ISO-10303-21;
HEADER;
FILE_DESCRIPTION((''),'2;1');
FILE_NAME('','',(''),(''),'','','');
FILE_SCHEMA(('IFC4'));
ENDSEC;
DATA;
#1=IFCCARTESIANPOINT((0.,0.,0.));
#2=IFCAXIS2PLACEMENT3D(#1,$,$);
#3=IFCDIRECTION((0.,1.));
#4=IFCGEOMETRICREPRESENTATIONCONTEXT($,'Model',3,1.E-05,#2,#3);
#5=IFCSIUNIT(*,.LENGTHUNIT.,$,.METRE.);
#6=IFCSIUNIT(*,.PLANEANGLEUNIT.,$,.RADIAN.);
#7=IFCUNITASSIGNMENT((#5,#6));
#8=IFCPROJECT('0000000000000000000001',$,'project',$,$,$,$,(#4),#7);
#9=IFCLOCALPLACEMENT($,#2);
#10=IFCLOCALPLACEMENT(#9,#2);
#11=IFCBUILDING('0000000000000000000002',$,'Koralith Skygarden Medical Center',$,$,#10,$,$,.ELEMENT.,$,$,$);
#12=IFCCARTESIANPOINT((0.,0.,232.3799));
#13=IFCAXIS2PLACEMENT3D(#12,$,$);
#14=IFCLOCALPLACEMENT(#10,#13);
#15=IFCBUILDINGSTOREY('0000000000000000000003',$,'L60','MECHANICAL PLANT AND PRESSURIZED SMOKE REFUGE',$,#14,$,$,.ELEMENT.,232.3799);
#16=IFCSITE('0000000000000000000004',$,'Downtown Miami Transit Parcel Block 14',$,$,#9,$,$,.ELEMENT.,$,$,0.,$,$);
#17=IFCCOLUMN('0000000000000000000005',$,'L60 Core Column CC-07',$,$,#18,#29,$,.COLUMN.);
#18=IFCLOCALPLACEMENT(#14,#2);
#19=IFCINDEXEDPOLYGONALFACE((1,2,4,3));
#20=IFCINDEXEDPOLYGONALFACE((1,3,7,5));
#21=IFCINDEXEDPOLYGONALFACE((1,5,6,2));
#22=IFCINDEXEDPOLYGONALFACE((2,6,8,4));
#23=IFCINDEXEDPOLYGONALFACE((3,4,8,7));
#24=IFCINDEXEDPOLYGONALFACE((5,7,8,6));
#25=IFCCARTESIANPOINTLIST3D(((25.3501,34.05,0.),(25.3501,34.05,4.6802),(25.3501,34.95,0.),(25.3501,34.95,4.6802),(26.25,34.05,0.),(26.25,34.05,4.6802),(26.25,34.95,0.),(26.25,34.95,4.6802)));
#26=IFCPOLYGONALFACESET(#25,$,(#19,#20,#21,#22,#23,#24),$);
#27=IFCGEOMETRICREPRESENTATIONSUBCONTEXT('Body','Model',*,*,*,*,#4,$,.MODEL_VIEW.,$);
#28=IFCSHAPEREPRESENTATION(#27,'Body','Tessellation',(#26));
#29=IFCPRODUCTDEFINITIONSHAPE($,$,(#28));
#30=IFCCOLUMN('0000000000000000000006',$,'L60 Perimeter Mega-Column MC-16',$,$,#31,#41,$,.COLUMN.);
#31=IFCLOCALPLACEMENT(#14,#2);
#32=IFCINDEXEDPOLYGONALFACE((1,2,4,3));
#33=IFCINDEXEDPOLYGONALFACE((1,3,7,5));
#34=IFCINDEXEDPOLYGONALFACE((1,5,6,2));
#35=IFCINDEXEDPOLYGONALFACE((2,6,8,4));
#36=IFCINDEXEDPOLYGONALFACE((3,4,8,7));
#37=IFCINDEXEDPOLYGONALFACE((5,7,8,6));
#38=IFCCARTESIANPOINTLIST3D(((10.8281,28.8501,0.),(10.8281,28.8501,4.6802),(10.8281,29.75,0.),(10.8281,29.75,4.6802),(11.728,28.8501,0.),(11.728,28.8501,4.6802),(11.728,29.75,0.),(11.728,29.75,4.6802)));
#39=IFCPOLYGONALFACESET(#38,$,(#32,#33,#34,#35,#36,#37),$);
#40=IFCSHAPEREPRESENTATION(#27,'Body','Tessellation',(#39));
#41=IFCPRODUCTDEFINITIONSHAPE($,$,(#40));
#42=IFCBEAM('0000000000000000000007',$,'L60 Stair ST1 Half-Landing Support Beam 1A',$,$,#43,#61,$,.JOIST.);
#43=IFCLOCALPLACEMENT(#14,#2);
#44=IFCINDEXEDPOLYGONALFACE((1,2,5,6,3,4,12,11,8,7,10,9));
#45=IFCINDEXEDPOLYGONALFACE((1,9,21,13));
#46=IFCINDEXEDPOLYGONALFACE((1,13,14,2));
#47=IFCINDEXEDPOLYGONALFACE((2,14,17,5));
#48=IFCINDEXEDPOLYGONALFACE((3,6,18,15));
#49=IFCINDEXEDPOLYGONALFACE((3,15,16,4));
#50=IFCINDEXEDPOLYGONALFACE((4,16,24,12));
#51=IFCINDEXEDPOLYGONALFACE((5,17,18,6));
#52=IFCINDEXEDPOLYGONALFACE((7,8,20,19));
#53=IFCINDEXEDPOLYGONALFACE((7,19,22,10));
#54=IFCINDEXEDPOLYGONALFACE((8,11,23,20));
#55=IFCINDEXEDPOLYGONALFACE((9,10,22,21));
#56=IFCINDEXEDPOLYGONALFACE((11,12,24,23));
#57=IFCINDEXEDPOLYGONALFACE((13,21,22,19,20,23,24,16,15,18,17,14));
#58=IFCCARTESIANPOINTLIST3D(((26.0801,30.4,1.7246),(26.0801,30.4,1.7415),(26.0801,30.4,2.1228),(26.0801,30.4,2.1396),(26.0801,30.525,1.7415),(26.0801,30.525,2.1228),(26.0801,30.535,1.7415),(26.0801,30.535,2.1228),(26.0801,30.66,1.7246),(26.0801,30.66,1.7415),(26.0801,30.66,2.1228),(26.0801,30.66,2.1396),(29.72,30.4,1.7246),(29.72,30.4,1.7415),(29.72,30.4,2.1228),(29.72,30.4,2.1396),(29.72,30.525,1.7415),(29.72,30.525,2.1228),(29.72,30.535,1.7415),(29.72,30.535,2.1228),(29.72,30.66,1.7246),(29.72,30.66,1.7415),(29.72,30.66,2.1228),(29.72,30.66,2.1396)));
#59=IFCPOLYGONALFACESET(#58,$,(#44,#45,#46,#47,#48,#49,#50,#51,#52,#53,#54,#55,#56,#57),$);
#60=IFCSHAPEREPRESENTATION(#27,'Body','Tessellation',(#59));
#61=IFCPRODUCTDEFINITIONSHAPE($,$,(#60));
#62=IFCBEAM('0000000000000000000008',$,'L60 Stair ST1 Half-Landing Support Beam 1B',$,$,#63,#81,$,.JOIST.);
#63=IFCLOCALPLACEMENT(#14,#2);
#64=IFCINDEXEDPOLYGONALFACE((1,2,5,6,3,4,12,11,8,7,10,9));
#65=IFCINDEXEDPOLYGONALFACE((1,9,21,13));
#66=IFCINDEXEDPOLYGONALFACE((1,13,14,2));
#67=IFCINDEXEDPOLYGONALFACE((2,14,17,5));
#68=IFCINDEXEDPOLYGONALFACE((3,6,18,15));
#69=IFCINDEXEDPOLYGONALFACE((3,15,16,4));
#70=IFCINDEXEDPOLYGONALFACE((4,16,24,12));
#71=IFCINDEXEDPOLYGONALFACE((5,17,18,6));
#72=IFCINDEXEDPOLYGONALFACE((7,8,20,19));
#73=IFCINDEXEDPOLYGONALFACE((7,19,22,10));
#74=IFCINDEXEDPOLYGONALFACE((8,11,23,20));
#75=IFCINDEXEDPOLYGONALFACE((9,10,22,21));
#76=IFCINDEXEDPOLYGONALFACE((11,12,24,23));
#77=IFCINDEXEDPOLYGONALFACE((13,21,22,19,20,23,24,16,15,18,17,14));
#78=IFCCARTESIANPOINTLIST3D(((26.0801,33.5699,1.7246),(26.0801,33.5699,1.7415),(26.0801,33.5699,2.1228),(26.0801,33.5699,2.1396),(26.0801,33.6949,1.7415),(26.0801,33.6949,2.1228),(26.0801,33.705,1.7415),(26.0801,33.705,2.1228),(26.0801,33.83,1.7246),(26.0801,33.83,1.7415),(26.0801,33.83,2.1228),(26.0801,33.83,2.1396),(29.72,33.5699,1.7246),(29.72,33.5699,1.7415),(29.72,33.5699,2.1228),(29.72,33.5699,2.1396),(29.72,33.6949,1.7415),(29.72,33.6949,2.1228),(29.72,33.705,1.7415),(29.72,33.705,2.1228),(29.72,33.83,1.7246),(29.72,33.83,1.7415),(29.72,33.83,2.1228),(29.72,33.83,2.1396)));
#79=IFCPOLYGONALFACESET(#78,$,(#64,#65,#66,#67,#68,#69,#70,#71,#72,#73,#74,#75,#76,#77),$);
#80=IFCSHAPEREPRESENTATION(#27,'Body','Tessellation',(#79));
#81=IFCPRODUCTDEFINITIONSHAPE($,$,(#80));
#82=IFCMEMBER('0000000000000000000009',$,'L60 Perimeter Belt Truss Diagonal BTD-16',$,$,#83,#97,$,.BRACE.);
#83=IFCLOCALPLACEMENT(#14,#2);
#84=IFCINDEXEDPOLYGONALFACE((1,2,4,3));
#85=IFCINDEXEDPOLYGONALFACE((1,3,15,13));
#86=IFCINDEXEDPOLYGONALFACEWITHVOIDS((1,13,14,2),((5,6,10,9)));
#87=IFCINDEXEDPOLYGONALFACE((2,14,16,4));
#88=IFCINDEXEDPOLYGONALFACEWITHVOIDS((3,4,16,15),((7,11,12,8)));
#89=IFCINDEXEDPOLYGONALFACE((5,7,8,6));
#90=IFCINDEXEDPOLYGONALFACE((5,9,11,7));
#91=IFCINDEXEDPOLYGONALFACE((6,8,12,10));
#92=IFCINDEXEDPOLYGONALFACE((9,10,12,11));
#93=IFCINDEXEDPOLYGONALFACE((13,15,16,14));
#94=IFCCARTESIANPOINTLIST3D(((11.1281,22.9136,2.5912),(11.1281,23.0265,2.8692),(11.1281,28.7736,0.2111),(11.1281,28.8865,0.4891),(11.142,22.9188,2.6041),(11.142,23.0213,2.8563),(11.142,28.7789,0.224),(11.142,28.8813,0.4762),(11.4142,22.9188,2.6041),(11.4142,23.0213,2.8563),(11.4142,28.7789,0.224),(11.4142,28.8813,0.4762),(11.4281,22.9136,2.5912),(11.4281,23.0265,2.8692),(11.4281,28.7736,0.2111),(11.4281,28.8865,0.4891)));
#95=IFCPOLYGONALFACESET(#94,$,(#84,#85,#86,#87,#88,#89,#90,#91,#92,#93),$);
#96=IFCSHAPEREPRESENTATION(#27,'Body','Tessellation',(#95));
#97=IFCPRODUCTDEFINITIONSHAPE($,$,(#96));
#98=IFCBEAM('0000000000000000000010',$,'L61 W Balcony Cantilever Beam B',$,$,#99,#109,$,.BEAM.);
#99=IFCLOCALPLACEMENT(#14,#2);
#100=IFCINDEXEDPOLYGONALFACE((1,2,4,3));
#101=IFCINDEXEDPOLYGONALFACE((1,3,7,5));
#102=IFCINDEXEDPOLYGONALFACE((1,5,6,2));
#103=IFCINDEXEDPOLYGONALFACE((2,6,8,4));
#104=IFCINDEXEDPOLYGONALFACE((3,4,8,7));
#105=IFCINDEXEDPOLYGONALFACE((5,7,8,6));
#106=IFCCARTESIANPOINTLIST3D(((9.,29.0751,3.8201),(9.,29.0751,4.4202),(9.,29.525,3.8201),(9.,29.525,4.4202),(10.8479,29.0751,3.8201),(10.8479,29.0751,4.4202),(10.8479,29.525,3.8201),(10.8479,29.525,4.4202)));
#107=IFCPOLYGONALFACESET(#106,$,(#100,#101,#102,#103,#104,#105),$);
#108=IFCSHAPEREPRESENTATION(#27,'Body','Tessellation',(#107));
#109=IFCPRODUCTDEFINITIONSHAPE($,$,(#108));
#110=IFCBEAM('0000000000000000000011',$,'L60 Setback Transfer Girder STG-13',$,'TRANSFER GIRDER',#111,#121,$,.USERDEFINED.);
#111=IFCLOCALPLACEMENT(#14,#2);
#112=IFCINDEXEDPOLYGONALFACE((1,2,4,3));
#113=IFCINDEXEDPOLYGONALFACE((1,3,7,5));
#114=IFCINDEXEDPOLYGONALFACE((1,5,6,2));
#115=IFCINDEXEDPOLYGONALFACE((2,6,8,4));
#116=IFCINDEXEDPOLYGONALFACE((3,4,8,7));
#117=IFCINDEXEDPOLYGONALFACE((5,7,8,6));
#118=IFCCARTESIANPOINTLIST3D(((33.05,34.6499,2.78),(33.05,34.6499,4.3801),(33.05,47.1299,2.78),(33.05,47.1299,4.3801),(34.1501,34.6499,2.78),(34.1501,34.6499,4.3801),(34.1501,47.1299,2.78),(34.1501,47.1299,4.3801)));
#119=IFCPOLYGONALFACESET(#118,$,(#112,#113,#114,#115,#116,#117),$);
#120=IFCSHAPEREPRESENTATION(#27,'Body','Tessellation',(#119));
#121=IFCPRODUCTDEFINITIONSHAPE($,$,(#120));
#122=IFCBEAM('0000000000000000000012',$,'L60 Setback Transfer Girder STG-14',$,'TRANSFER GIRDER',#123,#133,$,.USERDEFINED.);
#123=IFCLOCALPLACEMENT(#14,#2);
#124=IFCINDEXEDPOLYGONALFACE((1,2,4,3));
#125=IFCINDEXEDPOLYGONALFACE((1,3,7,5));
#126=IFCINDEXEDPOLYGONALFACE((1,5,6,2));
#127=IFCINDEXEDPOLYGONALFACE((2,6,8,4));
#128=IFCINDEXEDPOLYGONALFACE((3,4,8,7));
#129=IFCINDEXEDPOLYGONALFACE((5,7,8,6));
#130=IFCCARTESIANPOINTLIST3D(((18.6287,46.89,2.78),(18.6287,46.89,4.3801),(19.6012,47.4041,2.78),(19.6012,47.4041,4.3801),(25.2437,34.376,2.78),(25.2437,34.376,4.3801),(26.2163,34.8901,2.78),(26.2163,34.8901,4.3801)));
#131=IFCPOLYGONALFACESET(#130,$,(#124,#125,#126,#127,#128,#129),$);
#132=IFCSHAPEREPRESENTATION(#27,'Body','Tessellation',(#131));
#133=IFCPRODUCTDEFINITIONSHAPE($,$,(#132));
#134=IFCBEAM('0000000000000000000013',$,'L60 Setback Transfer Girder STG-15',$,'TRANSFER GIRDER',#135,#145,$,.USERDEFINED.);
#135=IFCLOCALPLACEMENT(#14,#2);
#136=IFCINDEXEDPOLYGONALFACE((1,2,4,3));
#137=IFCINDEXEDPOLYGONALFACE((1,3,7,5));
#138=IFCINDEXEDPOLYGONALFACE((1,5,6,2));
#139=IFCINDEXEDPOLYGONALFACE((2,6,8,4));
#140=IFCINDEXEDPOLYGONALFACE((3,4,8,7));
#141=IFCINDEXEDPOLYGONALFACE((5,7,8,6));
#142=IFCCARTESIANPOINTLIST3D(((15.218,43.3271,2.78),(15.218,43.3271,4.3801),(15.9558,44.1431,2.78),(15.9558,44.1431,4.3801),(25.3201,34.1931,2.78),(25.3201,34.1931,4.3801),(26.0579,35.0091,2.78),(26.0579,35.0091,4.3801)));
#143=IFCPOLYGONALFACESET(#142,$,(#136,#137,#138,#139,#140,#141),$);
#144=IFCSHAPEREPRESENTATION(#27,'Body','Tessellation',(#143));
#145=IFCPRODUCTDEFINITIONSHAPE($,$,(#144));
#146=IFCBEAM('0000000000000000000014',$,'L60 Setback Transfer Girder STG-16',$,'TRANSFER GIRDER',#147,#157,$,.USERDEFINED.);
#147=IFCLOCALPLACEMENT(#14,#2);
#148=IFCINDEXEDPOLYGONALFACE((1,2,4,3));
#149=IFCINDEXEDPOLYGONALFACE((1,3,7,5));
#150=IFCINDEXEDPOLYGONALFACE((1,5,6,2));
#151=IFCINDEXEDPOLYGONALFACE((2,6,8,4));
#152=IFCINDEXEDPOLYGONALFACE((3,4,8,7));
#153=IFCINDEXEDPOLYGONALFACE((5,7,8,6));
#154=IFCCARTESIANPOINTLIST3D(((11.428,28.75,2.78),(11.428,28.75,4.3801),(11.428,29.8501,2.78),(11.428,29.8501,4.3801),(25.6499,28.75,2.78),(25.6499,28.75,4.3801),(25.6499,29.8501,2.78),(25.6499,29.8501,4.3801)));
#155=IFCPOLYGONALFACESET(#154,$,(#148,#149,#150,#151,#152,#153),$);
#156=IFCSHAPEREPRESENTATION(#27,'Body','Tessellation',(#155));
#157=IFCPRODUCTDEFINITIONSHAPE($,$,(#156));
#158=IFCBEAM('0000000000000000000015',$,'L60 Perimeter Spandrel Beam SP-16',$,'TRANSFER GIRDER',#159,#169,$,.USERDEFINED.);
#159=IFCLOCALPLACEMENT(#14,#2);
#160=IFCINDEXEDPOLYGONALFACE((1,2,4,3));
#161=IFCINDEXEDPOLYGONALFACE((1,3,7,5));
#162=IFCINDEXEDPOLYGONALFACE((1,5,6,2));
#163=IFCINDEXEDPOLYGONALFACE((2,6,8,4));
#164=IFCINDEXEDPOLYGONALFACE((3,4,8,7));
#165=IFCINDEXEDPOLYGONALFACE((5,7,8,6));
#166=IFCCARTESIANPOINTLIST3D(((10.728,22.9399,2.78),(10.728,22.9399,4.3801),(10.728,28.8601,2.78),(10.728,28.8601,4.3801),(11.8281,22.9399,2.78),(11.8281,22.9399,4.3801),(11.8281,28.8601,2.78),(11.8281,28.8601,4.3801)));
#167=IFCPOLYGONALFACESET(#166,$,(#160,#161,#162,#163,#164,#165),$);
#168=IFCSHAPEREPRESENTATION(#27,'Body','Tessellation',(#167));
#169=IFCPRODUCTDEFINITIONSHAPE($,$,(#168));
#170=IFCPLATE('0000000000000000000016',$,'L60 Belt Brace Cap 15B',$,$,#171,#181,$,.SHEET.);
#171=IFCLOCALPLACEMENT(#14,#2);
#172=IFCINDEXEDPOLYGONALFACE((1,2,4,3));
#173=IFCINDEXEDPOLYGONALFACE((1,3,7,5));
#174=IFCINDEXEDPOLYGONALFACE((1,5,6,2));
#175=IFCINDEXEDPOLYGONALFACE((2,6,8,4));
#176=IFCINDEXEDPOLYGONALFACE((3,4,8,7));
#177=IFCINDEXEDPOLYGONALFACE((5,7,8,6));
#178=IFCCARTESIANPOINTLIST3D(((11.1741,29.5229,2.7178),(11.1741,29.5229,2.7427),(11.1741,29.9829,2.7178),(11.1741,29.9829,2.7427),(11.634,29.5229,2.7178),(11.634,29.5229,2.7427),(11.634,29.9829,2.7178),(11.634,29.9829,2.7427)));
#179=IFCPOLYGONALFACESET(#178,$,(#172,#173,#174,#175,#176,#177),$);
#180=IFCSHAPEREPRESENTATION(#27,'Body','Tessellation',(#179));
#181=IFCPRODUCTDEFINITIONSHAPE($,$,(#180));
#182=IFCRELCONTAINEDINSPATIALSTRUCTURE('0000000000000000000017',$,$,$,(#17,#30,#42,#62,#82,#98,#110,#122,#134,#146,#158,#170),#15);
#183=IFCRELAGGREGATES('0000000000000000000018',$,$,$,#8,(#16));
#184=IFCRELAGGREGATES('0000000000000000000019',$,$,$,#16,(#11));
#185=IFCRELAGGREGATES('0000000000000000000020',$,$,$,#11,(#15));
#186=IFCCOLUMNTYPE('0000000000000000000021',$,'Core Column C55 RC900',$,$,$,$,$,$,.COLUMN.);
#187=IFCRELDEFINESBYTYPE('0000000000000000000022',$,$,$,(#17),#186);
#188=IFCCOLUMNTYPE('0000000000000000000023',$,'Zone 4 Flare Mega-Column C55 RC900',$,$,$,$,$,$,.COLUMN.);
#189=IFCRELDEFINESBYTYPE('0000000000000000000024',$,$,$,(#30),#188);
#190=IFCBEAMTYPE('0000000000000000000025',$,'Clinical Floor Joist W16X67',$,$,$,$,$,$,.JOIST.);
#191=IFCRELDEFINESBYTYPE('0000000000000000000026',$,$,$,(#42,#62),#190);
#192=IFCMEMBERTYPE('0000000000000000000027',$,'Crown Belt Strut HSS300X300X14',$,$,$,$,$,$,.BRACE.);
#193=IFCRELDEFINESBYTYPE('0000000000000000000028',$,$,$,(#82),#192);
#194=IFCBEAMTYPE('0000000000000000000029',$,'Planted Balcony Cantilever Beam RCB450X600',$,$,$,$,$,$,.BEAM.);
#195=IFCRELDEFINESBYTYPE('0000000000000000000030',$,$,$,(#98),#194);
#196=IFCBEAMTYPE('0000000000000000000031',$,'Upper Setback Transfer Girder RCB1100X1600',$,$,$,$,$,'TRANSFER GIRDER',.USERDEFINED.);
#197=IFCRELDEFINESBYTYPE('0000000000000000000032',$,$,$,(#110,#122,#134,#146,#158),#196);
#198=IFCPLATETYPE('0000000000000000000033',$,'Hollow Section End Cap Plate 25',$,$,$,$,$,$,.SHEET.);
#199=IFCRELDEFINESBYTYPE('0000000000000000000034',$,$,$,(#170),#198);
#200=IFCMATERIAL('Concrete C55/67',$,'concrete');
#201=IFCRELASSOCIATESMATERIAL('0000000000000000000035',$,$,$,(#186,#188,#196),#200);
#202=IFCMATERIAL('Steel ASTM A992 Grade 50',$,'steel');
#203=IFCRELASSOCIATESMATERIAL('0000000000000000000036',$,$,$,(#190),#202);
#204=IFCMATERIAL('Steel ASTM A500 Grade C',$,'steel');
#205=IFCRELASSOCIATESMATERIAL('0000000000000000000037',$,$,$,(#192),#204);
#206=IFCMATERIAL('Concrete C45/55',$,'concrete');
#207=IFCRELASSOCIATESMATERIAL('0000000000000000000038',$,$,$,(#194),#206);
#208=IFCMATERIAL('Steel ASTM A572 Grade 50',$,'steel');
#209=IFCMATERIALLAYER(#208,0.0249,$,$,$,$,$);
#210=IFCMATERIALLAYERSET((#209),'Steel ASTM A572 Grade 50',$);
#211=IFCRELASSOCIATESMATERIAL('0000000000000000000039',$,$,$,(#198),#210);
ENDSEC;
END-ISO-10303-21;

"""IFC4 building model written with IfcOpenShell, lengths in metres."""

from ifc_helpers import new_model, si_unit, direction, frame, origin, origin_2d, place, context, subcontext, project, spatial, rectangle, hollow_rectangle, i_section, extrude, material, layer, layer_set, material_profile, profile_set, type_object, element, save


model = new_model("IFC4")

# Units and contexts
model_context = context("Model", 3, precision=1e-05, world=origin(), true_north=direction((0.0, 1.0)))
body_context = subcontext(model_context, "Body", "Model", "MODEL_VIEW")
ifc_project = project(units=[si_unit("LENGTHUNIT", "METRE"), si_unit("PLANEANGLEUNIT", "RADIAN")], contexts=[model_context])

# Site, building, storey
site_placement = place(None, origin())
site = spatial("IfcSite", under=ifc_project, at=site_placement, Name="Downtown Miami Transit Parcel Block 14", CompositionType="ELEMENT", RefElevation=0.0)
building_placement = place(site_placement, origin())
building = spatial("IfcBuilding", under=site, at=building_placement, Name="Koralith Skygarden Medical Center", CompositionType="ELEMENT")
storey_placement = place(building_placement, frame((0.0, 0.0, 232.3799)))
storey = spatial("IfcBuildingStorey", under=building, at=storey_placement, Name="L60", Description="MECHANICAL PLANT AND PRESSURIZED SMOKE REFUGE", CompositionType="ELEMENT", Elevation=232.3799)

# Columns
ifc_material_1 = material(Name="Concrete C55/67", Category="concrete")
ifc_material_profile_1 = material_profile(ifc_material_1, rectangle(XDim=0.8999, YDim=0.8999, at=origin_2d()), Name="RC900X900")
ifc_profile_set_1 = profile_set([ifc_material_profile_1], Name="Concrete C55/67")
column_type_1 = type_object("IfcColumnType", Name="Core Column C55 RC900", PredefinedType="COLUMN", material=ifc_profile_set_1)
column_1_placement = place(storey_placement, frame((25.8, 34.5, 0.0), z_axis=(0.0, 0.0, 1.0), x_axis=(1.0, 0.0, 0.0)))
element("IfcColumn", 1, at=column_1_placement, inside=storey, type_object=column_type_1, Name="L60 Core Column CC-07", PredefinedType="COLUMN", context=body_context, shape_type="SweptSolid", body=[
    extrude(rectangle(XDim=0.8999, YDim=0.8999, at=origin_2d()), origin(), (0.0, 0.0, 1.0), 4.6802),
])
ifc_material_profile_2 = material_profile(ifc_material_1, rectangle(XDim=0.8999, YDim=0.8999, at=origin_2d()), Name="RC900X900")
ifc_profile_set_2 = profile_set([ifc_material_profile_2], Name="Concrete C55/67")
column_type_2 = type_object("IfcColumnType", Name="Zone 4 Flare Mega-Column C55 RC900", PredefinedType="COLUMN", material=ifc_profile_set_2)
column_2_placement = place(storey_placement, frame((11.2781, 29.3, 0.0), z_axis=(0.0, 0.0, 1.0), x_axis=(1.0, 0.0, 0.0)))
element("IfcColumn", 2, at=column_2_placement, inside=storey, type_object=column_type_2, Name="L60 Perimeter Mega-Column MC-16", PredefinedType="COLUMN", context=body_context, shape_type="SweptSolid", body=[
    extrude(rectangle(XDim=0.8999, YDim=0.8999, at=origin_2d()), origin(), (0.0, 0.0, 1.0), 4.6802),
])

# Beams
ifc_material_2 = material(Name="Steel ASTM A992 Grade 50", Category="steel")
ifc_material_profile_3 = material_profile(ifc_material_2, i_section(OverallWidth=0.26, OverallDepth=0.415, WebThickness=0.01, FlangeThickness=0.0168, at=origin_2d()), Name="W16X67")
ifc_profile_set_3 = profile_set([ifc_material_profile_3], Name="Steel ASTM A992 Grade 50")
beam_type_1 = type_object("IfcBeamType", Name="Clinical Floor Joist W16X67", PredefinedType="JOIST", material=ifc_profile_set_3)
for number, where, z_axis, x_axis, name in (
    (3, (26.0801, 30.53, 1.9321), (1.0, 0.0, 0.0), (0.0, 1.0, 0.0), "L60 Stair ST1 Half-Landing Support Beam 1A"),
    (4, (26.0801, 33.7, 1.9321), (1.0, 0.0, 0.0), (0.0, 1.0, 0.0), "L60 Stair ST1 Half-Landing Support Beam 1B"),
):
    element("IfcBeam", number, at=place(storey_placement, frame(where, z_axis=z_axis, x_axis=x_axis)), inside=storey, type_object=beam_type_1, Name=name, PredefinedType="JOIST", context=body_context, shape_type="SweptSolid", body=[
        extrude(i_section(OverallWidth=0.26, OverallDepth=0.415, WebThickness=0.01, FlangeThickness=0.0168, at=origin_2d()), origin(), (0.0, 0.0, 1.0), 3.6399),
    ])

# Member
ifc_material_3 = material(Name="Steel ASTM A500 Grade C", Category="steel")
ifc_material_profile_4 = material_profile(ifc_material_3, hollow_rectangle(XDim=0.3, YDim=0.3, WallThickness=0.0139, at=origin_2d()), Name="HSS300X300X14")
ifc_profile_set_4 = profile_set([ifc_material_profile_4], Name="Steel ASTM A500 Grade C")
member_type = type_object("IfcMemberType", Name="Crown Belt Strut HSS300X300X14", PredefinedType="BRACE", material=ifc_profile_set_4)
member_placement = place(storey_placement, frame((11.2781, 28.8301, 0.3501), z_axis=(0.0, -0.926496, 0.376304), x_axis=(1.0, 0.0, 0.0)))
element("IfcMember", 5, at=member_placement, inside=storey, type_object=member_type, Name="L60 Perimeter Belt Truss Diagonal BTD-16", PredefinedType="BRACE", context=body_context, shape_type="SweptSolid", body=[
    extrude(hollow_rectangle(XDim=0.3, YDim=0.3, WallThickness=0.0139, at=origin_2d()), origin(), (0.0, 0.0, 1.0), 6.325),
])

# Beams
ifc_material_4 = material(Name="Concrete C45/55", Category="concrete")
ifc_material_profile_5 = material_profile(ifc_material_4, rectangle(XDim=0.45, YDim=0.6001, at=origin_2d()), Name="RCB450X600")
ifc_profile_set_5 = profile_set([ifc_material_profile_5], Name="Concrete C45/55")
beam_type_2 = type_object("IfcBeamType", Name="Planted Balcony Cantilever Beam RCB450X600", PredefinedType="BEAM", material=ifc_profile_set_5)
beam_1_placement = place(storey_placement, frame((10.8479, 29.3, 4.1201), z_axis=(-1.0, 0.0, 0.0), x_axis=(0.0, -1.0, 0.0)))
element("IfcBeam", 6, at=beam_1_placement, inside=storey, type_object=beam_type_2, Name="L61 W Balcony Cantilever Beam B", PredefinedType="BEAM", context=body_context, shape_type="SweptSolid", body=[
    extrude(rectangle(XDim=0.45, YDim=0.6001, at=origin_2d()), origin(), (0.0, 0.0, 1.0), 1.8479),
])
ifc_material_profile_6 = material_profile(ifc_material_1, rectangle(XDim=1.1001, YDim=1.6001, at=origin_2d()), Name="RCB1100X1600")
ifc_profile_set_6 = profile_set([ifc_material_profile_6], Name="Concrete C55/67")
beam_type_3 = type_object("IfcBeamType", Name="Upper Setback Transfer Girder RCB1100X1600", ElementType="TRANSFER GIRDER", PredefinedType="USERDEFINED", material=ifc_profile_set_6)
beam_2_placement = place(storey_placement, frame((33.6001, 34.6499, 3.5801), z_axis=(0.0, 1.0, 0.0), x_axis=(-1.0, 0.0, 0.0)))
element("IfcBeam", 7, at=beam_2_placement, inside=storey, type_object=beam_type_3, Name="L60 Setback Transfer Girder STG-13", ObjectType="TRANSFER GIRDER", PredefinedType="USERDEFINED", context=body_context, shape_type="SweptSolid", body=[
    extrude(rectangle(XDim=1.1001, YDim=1.6001, at=origin_2d()), origin(), (0.0, 0.0, 1.0), 12.48),
])
beam_3_placement = place(storey_placement, frame((25.73, 34.6331, 3.5801), z_axis=(-0.467334, 0.884081, 0.0), x_axis=(-0.884081, -0.467334, 0.0)))
element("IfcBeam", 8, at=beam_3_placement, inside=storey, type_object=beam_type_3, Name="L60 Setback Transfer Girder STG-14", ObjectType="TRANSFER GIRDER", PredefinedType="USERDEFINED", context=body_context, shape_type="SweptSolid", body=[
    extrude(rectangle(XDim=1.1001, YDim=1.6001, at=origin_2d()), origin(), (0.0, 0.0, 1.0), 14.1548),
])
beam_4_placement = place(storey_placement, frame((25.689, 34.6011, 3.5801), z_axis=(-0.741752, 0.670674, 0.0), x_axis=(-0.670674, -0.741752, 0.0)))
element("IfcBeam", 9, at=beam_4_placement, inside=storey, type_object=beam_type_3, Name="L60 Setback Transfer Girder STG-15", ObjectType="TRANSFER GIRDER", PredefinedType="USERDEFINED", context=body_context, shape_type="SweptSolid", body=[
    extrude(rectangle(XDim=1.1001, YDim=1.6001, at=origin_2d()), origin(), (0.0, 0.0, 1.0), 13.6191),
])
beam_5_placement = place(storey_placement, frame((25.6499, 29.3, 3.5801), z_axis=(-1.0, 0.0, 0.0), x_axis=(0.0, -1.0, 0.0)))
element("IfcBeam", 10, at=beam_5_placement, inside=storey, type_object=beam_type_3, Name="L60 Setback Transfer Girder STG-16", ObjectType="TRANSFER GIRDER", PredefinedType="USERDEFINED", context=body_context, shape_type="SweptSolid", body=[
    extrude(rectangle(XDim=1.1001, YDim=1.6001, at=origin_2d()), origin(), (0.0, 0.0, 1.0), 14.2219),
])
beam_6_placement = place(storey_placement, frame((11.2781, 28.8601, 3.5801), z_axis=(0.0, -1.0, 0.0), x_axis=(1.0, 0.0, 0.0)))
element("IfcBeam", 11, at=beam_6_placement, inside=storey, type_object=beam_type_3, Name="L60 Perimeter Spandrel Beam SP-16", ObjectType="TRANSFER GIRDER", PredefinedType="USERDEFINED", context=body_context, shape_type="SweptSolid", body=[
    extrude(rectangle(XDim=1.1001, YDim=1.6001, at=origin_2d()), origin(), (0.0, 0.0, 1.0), 5.9202),
])

# Plate
ifc_material_5 = material(Name="Steel ASTM A572 Grade 50", Category="steel")
ifc_layer_1 = layer(ifc_material_5, 0.0249)
ifc_layer_set_1 = layer_set([ifc_layer_1], Name="Steel ASTM A572 Grade 50")
plate_type = type_object("IfcPlateType", Name="Hollow Section End Cap Plate 25", PredefinedType="SHEET", material=ifc_layer_set_1)
for number, where, z_axis, x_axis, name in (
    (12, (11.4041, 29.7529, 2.7178), (0.0, 0.0, 1.0), (1.0, 0.0, 0.0), "L60 Belt Brace Cap 15B"),
):
    element("IfcPlate", number, at=place(storey_placement, frame(where, z_axis=z_axis, x_axis=x_axis)), inside=storey, type_object=plate_type, Name=name, PredefinedType="SHEET", context=body_context, shape_type="SweptSolid", body=[
        extrude(rectangle(XDim=0.46, YDim=0.46, at=origin_2d()), origin(), (0.0, 0.0, 1.0), 0.0249),
    ])

save(model, "model.ifc")
